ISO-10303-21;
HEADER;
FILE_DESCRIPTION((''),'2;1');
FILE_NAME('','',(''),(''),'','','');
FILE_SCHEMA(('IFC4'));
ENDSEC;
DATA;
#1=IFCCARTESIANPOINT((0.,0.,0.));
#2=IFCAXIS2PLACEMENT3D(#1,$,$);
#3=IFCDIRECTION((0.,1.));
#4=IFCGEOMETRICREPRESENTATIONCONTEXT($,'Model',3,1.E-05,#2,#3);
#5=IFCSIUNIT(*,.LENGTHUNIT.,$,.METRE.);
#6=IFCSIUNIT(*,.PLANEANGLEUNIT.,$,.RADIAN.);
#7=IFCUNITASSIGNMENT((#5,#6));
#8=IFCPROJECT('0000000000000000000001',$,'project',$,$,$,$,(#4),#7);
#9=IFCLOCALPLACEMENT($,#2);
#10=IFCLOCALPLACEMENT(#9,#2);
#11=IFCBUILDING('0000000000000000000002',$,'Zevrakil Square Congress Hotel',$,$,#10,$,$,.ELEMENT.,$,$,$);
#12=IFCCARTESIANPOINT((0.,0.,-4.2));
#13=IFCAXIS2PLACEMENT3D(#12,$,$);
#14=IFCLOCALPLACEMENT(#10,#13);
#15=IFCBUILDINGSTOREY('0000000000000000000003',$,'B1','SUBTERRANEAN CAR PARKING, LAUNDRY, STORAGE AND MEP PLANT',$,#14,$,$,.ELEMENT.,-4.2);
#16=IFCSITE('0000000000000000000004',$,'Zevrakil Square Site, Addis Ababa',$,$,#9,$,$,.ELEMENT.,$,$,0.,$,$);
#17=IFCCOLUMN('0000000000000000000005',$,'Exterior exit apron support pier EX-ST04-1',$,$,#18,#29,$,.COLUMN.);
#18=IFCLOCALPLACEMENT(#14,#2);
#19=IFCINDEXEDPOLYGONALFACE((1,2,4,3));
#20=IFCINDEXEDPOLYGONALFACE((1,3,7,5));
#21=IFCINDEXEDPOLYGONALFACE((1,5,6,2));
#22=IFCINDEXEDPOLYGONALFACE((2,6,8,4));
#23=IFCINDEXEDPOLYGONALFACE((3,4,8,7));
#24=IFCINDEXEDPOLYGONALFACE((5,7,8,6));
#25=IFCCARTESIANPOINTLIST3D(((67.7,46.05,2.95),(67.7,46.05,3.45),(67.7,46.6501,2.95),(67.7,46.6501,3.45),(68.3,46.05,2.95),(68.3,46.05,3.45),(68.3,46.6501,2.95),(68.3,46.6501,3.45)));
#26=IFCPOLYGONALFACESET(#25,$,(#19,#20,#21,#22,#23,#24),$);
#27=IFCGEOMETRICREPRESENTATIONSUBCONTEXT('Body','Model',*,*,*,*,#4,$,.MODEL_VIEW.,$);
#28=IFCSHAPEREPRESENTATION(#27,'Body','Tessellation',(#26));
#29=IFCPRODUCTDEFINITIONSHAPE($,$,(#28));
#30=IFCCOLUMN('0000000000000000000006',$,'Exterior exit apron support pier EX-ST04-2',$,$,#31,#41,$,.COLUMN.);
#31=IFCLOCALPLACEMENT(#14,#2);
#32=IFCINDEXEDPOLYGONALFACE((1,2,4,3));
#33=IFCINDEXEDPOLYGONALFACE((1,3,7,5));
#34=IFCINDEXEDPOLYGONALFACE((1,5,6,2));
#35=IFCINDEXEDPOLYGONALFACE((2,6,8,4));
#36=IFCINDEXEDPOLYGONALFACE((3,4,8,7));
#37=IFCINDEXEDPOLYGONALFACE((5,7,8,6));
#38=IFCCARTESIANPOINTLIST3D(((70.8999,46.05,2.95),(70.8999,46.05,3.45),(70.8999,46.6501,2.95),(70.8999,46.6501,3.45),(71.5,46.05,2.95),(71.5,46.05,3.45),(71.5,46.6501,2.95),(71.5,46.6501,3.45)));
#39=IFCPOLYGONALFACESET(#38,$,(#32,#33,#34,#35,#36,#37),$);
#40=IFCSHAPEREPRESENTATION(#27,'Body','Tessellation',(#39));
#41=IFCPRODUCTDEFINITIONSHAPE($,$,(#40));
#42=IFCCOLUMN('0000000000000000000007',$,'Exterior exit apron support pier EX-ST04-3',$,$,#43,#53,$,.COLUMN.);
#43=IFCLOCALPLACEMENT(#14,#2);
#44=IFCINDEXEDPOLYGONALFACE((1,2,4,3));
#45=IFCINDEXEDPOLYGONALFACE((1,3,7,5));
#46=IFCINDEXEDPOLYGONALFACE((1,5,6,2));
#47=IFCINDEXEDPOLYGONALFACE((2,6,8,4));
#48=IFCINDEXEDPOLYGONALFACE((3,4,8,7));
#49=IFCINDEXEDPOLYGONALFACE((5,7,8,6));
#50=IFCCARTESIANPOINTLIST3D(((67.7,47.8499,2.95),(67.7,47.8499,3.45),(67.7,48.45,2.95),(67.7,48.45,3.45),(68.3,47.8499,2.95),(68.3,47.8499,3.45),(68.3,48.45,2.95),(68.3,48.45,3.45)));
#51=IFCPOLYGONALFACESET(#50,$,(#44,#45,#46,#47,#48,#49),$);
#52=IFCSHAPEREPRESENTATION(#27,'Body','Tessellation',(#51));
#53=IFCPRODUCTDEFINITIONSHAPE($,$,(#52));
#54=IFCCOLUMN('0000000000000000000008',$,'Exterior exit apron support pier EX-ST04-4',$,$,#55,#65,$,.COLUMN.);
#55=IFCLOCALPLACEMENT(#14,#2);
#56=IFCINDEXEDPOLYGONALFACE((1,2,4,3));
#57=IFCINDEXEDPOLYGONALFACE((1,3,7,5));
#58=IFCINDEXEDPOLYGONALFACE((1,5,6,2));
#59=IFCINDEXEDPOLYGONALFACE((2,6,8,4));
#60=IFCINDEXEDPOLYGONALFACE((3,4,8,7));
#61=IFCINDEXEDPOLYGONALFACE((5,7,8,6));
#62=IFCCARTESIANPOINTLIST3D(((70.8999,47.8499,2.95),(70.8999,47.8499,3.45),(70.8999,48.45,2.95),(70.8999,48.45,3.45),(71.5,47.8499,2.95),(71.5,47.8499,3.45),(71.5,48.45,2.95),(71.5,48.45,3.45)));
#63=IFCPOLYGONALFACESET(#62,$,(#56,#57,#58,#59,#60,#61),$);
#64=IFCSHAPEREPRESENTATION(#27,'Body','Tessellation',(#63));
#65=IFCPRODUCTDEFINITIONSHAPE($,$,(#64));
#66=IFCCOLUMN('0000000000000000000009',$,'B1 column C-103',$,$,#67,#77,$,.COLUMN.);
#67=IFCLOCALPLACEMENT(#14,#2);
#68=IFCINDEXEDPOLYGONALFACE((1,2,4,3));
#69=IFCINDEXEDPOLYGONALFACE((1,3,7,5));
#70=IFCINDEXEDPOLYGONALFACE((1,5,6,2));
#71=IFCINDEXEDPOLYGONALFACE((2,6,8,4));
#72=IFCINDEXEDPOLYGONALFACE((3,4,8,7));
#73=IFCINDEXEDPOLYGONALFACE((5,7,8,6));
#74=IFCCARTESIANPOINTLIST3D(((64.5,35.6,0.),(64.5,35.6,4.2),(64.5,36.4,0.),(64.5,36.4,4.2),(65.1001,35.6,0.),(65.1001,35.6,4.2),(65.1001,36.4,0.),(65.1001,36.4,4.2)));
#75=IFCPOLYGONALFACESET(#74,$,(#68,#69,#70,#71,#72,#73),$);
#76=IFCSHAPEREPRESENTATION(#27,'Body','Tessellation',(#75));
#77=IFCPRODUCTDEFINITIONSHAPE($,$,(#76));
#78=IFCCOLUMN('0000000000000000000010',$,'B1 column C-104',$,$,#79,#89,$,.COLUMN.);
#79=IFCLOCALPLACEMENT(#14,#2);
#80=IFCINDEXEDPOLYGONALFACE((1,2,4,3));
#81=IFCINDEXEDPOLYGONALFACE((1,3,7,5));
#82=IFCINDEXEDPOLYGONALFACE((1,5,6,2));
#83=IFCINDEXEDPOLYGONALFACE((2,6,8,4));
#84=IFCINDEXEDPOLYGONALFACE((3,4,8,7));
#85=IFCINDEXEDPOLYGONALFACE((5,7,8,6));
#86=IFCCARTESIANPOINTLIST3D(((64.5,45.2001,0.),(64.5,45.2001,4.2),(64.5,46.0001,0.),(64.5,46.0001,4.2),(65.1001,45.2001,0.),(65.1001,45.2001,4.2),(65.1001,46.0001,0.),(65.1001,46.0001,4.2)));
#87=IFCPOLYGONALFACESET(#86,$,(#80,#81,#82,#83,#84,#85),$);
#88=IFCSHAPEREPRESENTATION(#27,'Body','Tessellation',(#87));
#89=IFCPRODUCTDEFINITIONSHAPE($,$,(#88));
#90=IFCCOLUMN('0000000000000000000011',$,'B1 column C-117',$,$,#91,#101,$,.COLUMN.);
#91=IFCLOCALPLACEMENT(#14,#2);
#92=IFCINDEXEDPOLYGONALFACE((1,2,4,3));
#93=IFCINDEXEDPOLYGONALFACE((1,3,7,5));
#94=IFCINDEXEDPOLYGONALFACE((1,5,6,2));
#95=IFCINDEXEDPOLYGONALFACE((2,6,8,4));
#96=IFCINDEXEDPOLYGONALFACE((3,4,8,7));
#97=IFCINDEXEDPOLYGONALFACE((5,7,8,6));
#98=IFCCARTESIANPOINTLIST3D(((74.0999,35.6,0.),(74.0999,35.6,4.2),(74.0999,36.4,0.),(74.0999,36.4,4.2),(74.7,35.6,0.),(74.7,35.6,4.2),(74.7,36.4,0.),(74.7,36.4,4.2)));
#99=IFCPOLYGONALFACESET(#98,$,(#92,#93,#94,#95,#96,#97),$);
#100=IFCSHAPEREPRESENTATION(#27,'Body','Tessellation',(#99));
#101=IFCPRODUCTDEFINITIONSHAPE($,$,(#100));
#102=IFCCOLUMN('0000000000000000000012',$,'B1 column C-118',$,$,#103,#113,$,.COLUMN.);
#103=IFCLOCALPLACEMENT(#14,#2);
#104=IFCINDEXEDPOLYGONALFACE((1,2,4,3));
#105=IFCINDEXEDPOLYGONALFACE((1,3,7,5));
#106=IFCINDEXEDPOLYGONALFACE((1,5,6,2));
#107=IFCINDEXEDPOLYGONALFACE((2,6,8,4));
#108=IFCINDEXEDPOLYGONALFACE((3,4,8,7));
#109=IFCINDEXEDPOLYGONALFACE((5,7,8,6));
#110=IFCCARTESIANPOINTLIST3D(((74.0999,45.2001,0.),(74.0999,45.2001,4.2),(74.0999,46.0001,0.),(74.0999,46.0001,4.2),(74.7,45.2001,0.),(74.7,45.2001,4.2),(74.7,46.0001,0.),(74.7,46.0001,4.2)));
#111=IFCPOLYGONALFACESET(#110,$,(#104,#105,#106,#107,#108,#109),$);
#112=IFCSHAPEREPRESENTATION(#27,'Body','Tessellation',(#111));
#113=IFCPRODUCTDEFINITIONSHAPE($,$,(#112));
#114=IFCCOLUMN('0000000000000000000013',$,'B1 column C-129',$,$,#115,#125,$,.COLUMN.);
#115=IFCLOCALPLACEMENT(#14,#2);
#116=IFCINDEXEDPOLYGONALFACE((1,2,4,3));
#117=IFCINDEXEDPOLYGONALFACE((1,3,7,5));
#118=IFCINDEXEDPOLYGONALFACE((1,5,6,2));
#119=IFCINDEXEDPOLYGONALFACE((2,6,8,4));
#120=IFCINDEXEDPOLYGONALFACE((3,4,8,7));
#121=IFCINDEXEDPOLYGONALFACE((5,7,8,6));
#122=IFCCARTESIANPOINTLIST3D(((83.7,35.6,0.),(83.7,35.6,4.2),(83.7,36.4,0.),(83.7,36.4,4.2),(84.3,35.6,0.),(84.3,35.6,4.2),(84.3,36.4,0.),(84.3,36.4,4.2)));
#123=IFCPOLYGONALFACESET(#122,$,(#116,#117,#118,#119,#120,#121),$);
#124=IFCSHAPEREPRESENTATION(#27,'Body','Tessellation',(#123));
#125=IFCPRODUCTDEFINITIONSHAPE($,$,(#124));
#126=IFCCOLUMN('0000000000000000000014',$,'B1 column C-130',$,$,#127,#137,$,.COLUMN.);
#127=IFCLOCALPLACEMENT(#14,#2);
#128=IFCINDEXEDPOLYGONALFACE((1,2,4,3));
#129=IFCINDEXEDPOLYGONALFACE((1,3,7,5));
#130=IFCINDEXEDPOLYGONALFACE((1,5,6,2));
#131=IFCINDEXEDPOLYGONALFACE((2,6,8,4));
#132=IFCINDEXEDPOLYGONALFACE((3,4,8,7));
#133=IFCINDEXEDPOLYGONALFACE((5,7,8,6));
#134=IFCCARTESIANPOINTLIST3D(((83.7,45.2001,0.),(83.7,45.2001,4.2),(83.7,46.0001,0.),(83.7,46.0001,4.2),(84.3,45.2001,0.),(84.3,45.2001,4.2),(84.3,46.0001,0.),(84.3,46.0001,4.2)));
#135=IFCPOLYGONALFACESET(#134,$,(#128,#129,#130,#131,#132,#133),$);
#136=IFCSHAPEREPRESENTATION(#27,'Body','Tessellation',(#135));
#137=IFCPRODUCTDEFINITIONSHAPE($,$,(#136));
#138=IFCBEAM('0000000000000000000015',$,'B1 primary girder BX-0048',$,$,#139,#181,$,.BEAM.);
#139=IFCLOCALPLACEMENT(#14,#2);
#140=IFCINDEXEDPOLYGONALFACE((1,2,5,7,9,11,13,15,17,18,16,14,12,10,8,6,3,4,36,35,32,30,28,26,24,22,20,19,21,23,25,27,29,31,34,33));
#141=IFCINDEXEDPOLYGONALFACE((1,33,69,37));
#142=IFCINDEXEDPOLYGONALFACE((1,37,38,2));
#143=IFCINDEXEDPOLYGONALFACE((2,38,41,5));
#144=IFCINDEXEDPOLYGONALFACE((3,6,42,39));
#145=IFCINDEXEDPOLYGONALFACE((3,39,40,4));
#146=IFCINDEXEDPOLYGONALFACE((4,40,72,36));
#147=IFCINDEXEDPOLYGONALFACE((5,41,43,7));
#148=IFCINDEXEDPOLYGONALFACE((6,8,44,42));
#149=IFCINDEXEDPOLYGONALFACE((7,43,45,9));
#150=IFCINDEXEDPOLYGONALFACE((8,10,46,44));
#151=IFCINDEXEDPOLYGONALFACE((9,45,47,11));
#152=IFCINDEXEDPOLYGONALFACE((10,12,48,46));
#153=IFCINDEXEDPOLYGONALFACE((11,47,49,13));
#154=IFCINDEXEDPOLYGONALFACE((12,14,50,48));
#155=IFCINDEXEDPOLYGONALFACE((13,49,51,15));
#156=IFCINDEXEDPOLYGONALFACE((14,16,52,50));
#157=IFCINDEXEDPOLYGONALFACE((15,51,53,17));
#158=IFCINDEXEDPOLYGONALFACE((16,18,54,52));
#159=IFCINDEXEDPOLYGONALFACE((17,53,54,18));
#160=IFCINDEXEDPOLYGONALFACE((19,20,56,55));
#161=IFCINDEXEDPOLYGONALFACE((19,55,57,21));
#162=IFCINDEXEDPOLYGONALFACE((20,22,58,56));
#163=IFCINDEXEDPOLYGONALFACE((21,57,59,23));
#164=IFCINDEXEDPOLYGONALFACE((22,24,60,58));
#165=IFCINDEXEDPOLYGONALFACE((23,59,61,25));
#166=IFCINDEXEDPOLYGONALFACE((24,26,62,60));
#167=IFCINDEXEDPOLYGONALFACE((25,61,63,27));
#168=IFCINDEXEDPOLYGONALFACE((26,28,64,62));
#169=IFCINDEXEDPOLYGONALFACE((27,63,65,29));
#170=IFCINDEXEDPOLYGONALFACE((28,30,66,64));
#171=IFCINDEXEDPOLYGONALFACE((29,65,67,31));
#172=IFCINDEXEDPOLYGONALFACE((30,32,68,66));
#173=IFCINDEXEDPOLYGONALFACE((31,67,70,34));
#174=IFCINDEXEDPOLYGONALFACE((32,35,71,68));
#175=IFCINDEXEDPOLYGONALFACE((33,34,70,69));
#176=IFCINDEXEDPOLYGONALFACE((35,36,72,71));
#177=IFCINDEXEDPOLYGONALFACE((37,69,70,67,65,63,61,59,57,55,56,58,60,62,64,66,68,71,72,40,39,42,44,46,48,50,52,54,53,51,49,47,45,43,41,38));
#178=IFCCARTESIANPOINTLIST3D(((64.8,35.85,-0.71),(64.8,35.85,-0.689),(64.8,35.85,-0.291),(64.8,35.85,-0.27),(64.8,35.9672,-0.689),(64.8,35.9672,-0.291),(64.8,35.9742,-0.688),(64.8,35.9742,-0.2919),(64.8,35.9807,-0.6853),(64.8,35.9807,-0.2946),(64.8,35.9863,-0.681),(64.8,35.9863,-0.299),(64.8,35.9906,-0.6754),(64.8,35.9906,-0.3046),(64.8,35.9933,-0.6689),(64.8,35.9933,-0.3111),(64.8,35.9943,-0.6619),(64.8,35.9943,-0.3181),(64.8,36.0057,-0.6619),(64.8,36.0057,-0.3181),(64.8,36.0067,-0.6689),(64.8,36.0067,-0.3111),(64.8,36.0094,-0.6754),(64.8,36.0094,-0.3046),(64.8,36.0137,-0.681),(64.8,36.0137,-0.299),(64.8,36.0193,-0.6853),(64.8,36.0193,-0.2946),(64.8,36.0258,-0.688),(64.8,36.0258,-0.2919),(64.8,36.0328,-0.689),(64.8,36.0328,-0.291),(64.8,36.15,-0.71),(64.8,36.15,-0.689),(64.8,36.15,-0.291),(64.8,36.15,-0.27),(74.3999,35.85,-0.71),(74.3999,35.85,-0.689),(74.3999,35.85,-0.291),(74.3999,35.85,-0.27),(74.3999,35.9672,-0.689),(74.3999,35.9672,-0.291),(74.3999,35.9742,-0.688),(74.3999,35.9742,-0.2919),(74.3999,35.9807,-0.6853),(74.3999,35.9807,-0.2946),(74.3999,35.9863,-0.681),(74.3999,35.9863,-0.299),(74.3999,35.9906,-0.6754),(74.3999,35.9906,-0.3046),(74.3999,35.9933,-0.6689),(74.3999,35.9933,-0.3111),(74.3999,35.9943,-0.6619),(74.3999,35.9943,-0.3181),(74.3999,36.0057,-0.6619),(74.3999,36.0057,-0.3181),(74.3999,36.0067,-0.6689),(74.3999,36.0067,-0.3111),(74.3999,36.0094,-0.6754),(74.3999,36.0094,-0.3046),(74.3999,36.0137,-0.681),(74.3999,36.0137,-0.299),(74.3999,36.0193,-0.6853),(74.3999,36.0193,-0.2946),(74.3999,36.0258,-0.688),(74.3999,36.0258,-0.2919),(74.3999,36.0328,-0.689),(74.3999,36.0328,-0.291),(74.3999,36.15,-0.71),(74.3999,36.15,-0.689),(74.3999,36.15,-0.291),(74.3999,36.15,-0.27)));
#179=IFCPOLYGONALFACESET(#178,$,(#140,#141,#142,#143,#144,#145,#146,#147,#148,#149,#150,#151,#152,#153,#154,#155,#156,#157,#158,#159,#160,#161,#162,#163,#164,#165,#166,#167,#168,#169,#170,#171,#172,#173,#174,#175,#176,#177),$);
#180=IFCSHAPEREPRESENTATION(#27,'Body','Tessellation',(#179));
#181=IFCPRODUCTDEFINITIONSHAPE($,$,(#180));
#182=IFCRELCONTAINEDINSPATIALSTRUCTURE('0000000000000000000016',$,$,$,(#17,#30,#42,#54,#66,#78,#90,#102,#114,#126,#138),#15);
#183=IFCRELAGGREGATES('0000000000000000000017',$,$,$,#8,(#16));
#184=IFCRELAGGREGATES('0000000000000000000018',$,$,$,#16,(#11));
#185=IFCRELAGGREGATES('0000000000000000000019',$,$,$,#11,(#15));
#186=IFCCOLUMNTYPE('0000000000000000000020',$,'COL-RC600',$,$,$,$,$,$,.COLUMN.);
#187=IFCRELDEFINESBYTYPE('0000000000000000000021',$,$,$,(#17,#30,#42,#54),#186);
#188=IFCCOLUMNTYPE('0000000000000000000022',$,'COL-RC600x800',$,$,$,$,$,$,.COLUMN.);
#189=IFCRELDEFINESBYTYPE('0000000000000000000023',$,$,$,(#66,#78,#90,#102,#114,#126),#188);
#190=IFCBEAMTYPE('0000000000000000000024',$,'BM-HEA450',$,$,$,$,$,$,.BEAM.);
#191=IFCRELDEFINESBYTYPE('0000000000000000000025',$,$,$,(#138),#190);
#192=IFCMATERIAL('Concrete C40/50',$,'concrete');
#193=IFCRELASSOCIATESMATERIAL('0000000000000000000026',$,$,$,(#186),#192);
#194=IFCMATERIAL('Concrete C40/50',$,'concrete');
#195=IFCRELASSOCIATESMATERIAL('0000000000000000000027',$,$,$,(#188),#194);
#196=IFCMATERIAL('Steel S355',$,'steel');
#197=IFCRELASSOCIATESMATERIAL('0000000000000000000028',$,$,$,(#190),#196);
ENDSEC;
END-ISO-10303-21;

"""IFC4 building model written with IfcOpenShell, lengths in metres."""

from ifc_helpers import new_model, si_unit, direction, frame, origin, origin_2d, place, context, subcontext, project, spatial, rectangle, i_section, extrude, material, material_profile, profile_set, type_object, element, save


model = new_model("IFC4")

# Units and contexts
model_context = context("Model", 3, precision=1e-05, world=origin(), true_north=direction((0.0, 1.0)))
body_context = subcontext(model_context, "Body", "Model", "MODEL_VIEW")
ifc_project = project(units=[si_unit("LENGTHUNIT", "METRE"), si_unit("PLANEANGLEUNIT", "RADIAN")], contexts=[model_context])

# Site, building, storey
site_placement = place(None, origin())
site = spatial("IfcSite", under=ifc_project, at=site_placement, Name="Zevrakil Square Site, Addis Ababa", CompositionType="ELEMENT", RefElevation=0.0)
building_placement = place(site_placement, origin())
building = spatial("IfcBuilding", under=site, at=building_placement, Name="Zevrakil Square Congress Hotel", CompositionType="ELEMENT")
storey_placement = place(building_placement, frame((0.0, 0.0, -4.2)))
storey = spatial("IfcBuildingStorey", under=building, at=storey_placement, Name="B1", Description="SUBTERRANEAN CAR PARKING, LAUNDRY, STORAGE AND MEP PLANT", CompositionType="ELEMENT", Elevation=-4.2)

# Columns
ifc_material_1 = material(Name="Concrete C40/50", Category="concrete")
ifc_material_profile_1 = material_profile(ifc_material_1, rectangle(XDim=0.6001, YDim=0.6001, at=origin_2d()), Name="RC 600x600")
ifc_profile_set_1 = profile_set([ifc_material_profile_1], Name="Concrete C40/50")
column_type_1 = type_object("IfcColumnType", Name="COL-RC600", PredefinedType="COLUMN", material=ifc_profile_set_1)
for number, where, z_axis, x_axis, name in (
    (1, (68.0, 46.3501, 2.95), (0.0, 0.0, 1.0), (1.0, 0.0, 0.0), "Exterior exit apron support pier EX-ST04-1"),
    (2, (71.2, 46.3501, 2.95), (0.0, 0.0, 1.0), (1.0, 0.0, 0.0), "Exterior exit apron support pier EX-ST04-2"),
    (3, (68.0, 48.1499, 2.95), (0.0, 0.0, 1.0), (1.0, 0.0, 0.0), "Exterior exit apron support pier EX-ST04-3"),
    (4, (71.2, 48.1499, 2.95), (0.0, 0.0, 1.0), (1.0, 0.0, 0.0), "Exterior exit apron support pier EX-ST04-4"),
):
    element("IfcColumn", number, at=place(storey_placement, frame(where, z_axis=z_axis, x_axis=x_axis)), inside=storey, type_object=column_type_1, Name=name, PredefinedType="COLUMN", context=body_context, shape_type="SweptSolid", body=[
        extrude(rectangle(XDim=0.6001, YDim=0.6001, at=origin_2d()), origin(), (0.0, 0.0, 1.0), 0.5),
    ])
ifc_material_2 = material(Name="Concrete C40/50", Category="concrete")
ifc_material_profile_2 = material_profile(ifc_material_2, rectangle(XDim=0.6001, YDim=0.8, at=origin_2d()), Name="RC 600x800")
ifc_profile_set_2 = profile_set([ifc_material_profile_2], Name="Concrete C40/50")
column_type_2 = type_object("IfcColumnType", Name="COL-RC600x800", PredefinedType="COLUMN", material=ifc_profile_set_2)
for number, where, z_axis, x_axis, name in (
    (5, (64.8, 36.0, 0.0), (0.0, 0.0, 1.0), (1.0, 0.0, 0.0), "B1 column C-103"),
    (6, (64.8, 45.6001, 0.0), (0.0, 0.0, 1.0), (1.0, 0.0, 0.0), "B1 column C-104"),
    (7, (74.3999, 36.0, 0.0), (0.0, 0.0, 1.0), (1.0, 0.0, 0.0), "B1 column C-117"),
    (8, (74.3999, 45.6001, 0.0), (0.0, 0.0, 1.0), (1.0, 0.0, 0.0), "B1 column C-118"),
    (9, (84.0, 36.0, 0.0), (0.0, 0.0, 1.0), (1.0, 0.0, 0.0), "B1 column C-129"),
    (10, (84.0, 45.6001, 0.0), (0.0, 0.0, 1.0), (1.0, 0.0, 0.0), "B1 column C-130"),
):
    element("IfcColumn", number, at=place(storey_placement, frame(where, z_axis=z_axis, x_axis=x_axis)), inside=storey, type_object=column_type_2, Name=name, PredefinedType="COLUMN", context=body_context, shape_type="SweptSolid", body=[
        extrude(rectangle(XDim=0.6001, YDim=0.8, at=origin_2d()), origin(), (0.0, 0.0, 1.0), 4.2),
    ])

# Beam
ifc_material_3 = material(Name="Steel S355", Category="steel")
ifc_material_profile_3 = material_profile(ifc_material_3, i_section(OverallWidth=0.3, OverallDepth=0.4399, WebThickness=0.0115, FlangeThickness=0.021, FilletRadius=0.0271, at=origin_2d()), Name="HEA 450")
ifc_profile_set_3 = profile_set([ifc_material_profile_3], Name="Steel S355")
beam_type_1 = type_object("IfcBeamType", Name="BM-HEA450", PredefinedType="BEAM", material=ifc_profile_set_3)
beam_1_placement = place(storey_placement, frame((64.8, 36.0, -0.49), z_axis=(1.0, 0.0, 0.0), x_axis=(0.0, 1.0, 0.0)))
element("IfcBeam", 11, at=beam_1_placement, inside=storey, type_object=beam_type_1, Name="B1 primary girder BX-0048", PredefinedType="BEAM", context=body_context, shape_type="SweptSolid", body=[
    extrude(i_section(OverallWidth=0.3, OverallDepth=0.4399, WebThickness=0.0115, FlangeThickness=0.021, FilletRadius=0.0271, at=origin_2d()), origin(), (0.0, 0.0, 1.0), 9.5999),
])

save(model, "model.ifc")
